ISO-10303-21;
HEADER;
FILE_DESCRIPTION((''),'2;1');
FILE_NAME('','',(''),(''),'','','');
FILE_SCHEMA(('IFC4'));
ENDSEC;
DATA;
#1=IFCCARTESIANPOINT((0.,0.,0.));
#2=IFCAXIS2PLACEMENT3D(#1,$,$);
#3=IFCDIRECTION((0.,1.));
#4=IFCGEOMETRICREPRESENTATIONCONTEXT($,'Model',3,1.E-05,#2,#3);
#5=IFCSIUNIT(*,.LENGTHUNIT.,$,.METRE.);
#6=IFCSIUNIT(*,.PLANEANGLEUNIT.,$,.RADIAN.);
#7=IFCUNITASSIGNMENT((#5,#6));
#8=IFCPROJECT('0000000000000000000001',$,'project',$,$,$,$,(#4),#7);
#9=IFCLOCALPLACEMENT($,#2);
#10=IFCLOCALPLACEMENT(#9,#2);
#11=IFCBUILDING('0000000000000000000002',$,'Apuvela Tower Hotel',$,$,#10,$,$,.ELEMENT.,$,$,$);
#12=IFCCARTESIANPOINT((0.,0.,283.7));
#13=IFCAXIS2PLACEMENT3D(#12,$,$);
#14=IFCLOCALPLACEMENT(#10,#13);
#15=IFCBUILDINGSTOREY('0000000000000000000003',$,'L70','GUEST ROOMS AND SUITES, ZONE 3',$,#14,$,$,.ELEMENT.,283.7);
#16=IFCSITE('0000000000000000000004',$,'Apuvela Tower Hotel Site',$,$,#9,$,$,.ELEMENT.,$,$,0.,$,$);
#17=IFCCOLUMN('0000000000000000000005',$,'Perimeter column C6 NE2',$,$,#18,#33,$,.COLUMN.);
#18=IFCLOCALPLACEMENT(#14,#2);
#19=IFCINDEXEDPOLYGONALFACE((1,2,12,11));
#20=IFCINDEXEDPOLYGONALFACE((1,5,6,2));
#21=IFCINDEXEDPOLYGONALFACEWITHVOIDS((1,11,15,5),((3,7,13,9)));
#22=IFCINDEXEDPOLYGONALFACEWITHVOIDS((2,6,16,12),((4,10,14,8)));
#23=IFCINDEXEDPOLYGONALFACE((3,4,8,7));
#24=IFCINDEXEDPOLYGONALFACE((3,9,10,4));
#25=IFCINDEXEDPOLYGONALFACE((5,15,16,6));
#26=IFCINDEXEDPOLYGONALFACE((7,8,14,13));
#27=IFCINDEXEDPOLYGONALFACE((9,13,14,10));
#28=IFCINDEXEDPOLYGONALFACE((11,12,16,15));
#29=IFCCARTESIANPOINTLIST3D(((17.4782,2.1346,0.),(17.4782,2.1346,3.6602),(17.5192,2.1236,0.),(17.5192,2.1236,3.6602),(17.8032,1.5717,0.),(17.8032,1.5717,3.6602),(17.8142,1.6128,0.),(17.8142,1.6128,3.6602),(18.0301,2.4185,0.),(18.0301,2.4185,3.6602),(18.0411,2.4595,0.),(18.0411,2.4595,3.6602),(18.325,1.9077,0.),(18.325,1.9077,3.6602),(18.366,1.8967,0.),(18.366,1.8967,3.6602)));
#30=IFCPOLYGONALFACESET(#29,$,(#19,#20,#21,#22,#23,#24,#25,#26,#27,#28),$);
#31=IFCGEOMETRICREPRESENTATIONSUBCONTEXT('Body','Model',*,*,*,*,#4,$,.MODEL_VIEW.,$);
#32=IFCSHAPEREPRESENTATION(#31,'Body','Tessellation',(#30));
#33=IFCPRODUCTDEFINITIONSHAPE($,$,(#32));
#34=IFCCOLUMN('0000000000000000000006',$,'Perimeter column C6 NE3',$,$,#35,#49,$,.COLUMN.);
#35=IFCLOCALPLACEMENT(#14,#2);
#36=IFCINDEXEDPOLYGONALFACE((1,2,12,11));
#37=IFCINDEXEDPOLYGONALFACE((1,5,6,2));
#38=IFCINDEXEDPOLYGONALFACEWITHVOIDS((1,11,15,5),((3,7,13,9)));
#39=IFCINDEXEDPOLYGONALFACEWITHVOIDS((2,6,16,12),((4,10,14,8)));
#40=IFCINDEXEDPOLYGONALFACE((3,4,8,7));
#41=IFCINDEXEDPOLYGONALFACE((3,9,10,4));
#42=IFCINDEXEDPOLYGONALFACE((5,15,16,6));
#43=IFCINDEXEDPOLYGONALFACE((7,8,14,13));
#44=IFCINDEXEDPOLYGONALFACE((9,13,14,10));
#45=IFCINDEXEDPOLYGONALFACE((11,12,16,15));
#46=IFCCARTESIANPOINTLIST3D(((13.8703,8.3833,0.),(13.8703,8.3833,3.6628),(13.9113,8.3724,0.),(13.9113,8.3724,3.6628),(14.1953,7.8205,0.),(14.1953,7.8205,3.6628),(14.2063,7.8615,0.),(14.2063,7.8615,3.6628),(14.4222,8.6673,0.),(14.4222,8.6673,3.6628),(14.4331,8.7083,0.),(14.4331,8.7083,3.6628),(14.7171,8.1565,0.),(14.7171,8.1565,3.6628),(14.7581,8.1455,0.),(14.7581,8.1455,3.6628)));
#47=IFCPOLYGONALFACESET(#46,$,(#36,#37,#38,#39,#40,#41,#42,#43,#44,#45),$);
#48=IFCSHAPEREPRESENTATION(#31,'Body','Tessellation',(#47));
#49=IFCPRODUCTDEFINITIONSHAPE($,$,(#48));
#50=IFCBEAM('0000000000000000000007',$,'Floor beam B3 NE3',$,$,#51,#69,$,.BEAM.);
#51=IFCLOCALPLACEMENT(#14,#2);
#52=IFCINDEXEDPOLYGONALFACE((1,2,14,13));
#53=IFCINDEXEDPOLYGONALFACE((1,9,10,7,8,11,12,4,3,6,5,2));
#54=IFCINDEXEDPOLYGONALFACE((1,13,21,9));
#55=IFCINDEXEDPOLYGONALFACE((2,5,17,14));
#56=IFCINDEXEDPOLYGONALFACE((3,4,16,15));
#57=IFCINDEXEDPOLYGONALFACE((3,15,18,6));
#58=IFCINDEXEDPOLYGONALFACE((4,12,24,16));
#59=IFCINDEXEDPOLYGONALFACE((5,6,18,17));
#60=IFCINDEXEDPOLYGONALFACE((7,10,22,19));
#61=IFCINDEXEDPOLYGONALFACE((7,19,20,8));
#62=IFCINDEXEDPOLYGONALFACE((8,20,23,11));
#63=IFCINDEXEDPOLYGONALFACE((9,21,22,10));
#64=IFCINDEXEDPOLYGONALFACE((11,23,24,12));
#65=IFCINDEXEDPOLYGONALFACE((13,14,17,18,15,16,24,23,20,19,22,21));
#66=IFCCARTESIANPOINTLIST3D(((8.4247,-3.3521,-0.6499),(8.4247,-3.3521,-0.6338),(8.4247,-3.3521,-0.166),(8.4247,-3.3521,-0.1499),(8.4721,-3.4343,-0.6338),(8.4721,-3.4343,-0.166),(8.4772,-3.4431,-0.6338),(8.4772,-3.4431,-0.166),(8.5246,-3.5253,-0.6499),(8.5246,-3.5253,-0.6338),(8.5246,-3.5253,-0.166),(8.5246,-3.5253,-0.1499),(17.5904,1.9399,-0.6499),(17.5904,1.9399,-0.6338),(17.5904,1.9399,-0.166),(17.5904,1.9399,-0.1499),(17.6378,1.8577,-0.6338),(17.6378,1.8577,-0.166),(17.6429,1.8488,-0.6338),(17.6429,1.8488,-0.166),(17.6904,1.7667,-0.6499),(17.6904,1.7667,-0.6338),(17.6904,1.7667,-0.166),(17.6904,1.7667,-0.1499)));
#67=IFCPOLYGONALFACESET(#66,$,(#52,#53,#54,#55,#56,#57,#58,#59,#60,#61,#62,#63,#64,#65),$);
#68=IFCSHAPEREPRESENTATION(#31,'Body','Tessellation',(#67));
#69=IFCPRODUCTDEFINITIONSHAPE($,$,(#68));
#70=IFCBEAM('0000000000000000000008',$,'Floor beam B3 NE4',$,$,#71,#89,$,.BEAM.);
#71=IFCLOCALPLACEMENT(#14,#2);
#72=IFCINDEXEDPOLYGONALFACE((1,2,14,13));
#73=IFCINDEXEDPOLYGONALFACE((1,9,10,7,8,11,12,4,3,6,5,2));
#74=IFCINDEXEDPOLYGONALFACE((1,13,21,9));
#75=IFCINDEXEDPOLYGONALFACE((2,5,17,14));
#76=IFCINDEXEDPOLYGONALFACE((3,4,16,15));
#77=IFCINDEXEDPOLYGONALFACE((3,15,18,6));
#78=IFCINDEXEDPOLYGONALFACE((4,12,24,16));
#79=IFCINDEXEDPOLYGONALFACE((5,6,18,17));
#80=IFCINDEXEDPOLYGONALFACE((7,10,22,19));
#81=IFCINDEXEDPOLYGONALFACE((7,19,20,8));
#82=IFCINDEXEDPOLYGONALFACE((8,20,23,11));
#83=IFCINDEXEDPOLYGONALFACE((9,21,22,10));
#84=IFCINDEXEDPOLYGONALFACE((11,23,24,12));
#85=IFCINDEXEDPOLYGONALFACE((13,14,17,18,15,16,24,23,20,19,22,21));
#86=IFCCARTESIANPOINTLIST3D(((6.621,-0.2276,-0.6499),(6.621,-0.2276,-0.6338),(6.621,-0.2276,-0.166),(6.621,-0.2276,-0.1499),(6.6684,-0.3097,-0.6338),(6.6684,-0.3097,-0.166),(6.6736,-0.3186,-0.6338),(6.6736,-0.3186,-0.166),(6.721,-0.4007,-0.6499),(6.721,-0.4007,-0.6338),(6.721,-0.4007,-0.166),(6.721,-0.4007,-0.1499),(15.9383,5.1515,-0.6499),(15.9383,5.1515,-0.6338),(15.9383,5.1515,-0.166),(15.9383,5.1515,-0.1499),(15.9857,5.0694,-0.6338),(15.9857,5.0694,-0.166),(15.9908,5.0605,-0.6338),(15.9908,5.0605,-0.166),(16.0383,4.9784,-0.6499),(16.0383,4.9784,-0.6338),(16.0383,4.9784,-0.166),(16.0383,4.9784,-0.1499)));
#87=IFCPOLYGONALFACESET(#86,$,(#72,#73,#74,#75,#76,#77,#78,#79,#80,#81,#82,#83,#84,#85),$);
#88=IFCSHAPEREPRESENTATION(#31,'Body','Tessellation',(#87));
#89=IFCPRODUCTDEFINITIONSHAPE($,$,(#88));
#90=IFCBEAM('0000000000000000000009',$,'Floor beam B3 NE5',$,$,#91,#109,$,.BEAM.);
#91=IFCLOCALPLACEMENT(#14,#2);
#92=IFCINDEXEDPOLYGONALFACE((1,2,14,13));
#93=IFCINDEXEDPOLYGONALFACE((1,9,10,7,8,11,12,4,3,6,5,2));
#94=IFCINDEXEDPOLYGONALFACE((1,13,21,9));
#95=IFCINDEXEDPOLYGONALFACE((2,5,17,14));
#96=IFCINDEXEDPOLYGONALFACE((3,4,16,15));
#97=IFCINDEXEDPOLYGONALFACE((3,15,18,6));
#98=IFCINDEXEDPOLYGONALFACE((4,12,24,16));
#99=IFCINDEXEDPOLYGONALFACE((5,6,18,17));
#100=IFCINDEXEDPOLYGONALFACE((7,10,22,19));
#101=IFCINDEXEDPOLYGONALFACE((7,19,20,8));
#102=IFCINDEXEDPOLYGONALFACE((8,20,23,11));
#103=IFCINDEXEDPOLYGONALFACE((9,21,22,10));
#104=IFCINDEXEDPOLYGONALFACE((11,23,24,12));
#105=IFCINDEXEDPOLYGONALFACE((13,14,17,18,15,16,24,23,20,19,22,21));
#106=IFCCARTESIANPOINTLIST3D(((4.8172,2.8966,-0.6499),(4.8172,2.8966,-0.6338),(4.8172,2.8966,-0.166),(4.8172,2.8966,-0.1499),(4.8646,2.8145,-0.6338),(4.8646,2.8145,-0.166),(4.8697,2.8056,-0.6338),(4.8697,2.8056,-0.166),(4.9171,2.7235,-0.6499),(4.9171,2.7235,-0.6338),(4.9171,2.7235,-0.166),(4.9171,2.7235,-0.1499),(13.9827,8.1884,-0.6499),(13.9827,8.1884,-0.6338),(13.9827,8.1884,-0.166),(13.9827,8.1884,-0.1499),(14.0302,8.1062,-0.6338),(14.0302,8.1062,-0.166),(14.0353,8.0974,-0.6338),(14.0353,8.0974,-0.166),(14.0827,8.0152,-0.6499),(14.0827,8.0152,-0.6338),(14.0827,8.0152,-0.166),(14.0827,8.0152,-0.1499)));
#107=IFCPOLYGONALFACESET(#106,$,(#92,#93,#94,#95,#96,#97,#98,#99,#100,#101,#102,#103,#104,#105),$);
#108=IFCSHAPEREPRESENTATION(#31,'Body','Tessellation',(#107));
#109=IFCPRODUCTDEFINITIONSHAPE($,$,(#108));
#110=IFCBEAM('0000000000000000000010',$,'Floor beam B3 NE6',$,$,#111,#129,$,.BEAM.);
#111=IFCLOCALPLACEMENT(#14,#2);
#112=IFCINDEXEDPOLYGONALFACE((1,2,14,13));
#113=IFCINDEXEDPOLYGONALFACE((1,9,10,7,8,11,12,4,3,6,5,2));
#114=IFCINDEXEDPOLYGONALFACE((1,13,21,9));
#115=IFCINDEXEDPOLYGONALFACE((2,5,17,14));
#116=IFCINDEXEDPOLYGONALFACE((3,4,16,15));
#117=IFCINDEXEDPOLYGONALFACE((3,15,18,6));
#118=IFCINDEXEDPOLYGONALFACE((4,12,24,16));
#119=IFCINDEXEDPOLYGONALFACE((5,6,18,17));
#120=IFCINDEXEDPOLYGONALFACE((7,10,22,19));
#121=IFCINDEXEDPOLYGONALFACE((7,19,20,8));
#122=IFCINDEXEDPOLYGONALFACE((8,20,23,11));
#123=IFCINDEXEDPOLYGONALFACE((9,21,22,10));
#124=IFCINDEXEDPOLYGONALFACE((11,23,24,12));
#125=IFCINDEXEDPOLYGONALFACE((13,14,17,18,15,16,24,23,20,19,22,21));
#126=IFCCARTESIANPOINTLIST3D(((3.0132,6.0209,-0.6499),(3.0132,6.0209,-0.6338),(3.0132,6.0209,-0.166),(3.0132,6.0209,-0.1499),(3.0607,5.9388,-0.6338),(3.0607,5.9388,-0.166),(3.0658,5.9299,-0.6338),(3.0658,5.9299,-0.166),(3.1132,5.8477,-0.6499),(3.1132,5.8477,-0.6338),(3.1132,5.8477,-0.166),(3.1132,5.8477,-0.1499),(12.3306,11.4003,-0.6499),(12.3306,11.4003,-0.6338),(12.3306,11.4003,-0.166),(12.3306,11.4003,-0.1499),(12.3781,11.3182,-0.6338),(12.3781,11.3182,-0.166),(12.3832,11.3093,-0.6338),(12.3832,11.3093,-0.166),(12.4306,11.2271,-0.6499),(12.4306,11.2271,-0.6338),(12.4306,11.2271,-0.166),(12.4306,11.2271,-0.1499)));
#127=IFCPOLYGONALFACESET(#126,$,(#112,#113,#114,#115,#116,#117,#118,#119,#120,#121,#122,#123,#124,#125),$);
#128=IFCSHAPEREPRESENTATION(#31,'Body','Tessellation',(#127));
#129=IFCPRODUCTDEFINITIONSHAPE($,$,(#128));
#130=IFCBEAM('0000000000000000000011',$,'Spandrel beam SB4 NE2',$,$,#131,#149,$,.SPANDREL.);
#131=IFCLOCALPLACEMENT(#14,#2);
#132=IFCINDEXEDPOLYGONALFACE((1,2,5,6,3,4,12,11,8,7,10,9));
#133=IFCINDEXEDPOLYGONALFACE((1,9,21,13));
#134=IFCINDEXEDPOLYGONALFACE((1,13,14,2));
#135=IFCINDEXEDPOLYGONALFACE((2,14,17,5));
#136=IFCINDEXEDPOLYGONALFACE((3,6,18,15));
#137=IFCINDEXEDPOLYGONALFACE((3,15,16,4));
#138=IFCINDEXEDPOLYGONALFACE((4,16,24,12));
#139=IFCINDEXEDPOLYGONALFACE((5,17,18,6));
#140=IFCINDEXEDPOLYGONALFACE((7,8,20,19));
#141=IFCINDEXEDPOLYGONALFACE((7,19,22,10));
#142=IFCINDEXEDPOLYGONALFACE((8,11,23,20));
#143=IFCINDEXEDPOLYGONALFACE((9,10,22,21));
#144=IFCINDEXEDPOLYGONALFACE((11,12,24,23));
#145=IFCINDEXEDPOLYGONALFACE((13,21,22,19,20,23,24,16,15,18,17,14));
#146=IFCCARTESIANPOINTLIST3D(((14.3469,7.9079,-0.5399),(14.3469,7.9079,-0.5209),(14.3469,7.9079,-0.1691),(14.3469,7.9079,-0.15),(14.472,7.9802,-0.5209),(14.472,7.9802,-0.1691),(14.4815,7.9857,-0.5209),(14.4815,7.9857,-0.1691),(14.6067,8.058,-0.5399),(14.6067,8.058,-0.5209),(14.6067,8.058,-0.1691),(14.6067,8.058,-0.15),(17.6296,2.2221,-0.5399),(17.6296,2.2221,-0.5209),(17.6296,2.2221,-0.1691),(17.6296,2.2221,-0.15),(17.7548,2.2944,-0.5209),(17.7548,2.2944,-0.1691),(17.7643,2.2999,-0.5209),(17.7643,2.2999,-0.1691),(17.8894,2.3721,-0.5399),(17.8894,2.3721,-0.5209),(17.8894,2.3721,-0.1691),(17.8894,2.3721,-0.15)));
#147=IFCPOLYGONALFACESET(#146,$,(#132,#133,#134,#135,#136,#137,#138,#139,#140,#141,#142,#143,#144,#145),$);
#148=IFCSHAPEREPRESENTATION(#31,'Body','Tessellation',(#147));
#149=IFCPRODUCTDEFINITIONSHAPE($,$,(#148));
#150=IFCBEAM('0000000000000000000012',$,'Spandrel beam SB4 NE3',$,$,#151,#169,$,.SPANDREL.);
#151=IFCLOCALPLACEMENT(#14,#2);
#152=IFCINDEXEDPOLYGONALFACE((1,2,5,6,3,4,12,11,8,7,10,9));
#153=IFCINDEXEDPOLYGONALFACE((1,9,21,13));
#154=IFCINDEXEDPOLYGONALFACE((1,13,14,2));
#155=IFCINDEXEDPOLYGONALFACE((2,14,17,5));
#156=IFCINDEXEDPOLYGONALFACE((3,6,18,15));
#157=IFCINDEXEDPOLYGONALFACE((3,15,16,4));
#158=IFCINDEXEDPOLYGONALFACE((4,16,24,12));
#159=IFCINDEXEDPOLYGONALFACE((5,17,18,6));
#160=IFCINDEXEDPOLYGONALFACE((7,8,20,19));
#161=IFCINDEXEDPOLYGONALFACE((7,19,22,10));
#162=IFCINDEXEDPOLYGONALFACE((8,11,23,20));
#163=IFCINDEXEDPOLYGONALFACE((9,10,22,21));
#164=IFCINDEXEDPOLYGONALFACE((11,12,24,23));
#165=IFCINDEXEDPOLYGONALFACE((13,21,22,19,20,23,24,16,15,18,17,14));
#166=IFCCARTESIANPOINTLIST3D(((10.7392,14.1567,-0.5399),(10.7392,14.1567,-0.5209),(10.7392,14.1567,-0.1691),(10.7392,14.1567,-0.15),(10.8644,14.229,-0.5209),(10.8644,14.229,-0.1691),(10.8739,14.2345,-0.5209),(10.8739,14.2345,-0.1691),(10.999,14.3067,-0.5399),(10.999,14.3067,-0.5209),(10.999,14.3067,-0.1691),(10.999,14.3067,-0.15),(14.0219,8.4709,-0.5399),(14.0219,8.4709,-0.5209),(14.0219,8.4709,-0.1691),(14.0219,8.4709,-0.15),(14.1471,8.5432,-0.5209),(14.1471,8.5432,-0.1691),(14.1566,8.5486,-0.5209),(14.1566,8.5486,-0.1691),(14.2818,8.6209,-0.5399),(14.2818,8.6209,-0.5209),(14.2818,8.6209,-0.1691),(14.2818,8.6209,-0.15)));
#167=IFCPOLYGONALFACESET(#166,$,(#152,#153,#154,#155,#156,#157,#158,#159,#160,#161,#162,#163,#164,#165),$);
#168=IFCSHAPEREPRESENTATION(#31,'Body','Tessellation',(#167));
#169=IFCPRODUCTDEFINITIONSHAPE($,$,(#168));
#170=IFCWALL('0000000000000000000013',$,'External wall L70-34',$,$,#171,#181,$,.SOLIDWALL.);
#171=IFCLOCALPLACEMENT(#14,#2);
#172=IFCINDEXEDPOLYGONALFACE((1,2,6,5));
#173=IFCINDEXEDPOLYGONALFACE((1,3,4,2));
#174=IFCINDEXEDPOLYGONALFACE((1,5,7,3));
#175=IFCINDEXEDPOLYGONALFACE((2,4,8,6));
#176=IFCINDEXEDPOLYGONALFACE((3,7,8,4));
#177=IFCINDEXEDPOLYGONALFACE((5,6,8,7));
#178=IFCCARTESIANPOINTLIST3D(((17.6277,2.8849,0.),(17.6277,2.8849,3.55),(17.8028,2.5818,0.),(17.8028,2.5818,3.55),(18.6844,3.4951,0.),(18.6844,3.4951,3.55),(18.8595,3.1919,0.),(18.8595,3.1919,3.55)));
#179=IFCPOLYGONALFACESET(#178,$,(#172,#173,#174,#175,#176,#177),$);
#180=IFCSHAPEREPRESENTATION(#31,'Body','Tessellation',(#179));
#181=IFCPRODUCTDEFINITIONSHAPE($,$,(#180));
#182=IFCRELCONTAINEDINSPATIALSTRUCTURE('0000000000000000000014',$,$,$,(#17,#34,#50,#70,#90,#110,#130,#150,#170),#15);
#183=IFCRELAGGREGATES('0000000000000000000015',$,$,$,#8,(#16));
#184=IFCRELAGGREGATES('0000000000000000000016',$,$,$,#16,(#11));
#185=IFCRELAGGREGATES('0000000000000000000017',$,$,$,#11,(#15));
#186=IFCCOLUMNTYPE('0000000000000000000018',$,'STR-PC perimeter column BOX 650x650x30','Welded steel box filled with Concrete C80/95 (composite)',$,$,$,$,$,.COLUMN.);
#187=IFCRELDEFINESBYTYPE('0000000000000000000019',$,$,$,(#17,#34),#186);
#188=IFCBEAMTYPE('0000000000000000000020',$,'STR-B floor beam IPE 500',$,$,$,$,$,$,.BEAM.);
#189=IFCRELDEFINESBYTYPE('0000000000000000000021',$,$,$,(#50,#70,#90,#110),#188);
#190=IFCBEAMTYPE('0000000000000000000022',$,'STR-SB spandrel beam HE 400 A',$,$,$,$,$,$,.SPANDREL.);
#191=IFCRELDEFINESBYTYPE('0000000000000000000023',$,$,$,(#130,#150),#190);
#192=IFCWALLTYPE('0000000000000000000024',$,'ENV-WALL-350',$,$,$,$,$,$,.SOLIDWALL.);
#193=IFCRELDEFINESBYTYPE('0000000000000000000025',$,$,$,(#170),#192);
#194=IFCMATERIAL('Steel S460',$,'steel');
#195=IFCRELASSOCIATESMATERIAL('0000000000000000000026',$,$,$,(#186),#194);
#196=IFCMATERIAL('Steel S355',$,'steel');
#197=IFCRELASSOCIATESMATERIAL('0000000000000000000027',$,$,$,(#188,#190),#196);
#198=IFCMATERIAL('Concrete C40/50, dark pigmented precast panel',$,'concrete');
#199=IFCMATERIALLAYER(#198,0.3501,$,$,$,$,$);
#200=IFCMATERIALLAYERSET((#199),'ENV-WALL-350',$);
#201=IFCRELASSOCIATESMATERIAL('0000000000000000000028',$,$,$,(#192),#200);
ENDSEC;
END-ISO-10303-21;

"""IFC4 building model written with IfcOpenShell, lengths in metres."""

from ifc_helpers import new_model, si_unit, direction, frame, frame_2d, origin, origin_2d, place, context, subcontext, project, spatial, rectangle, hollow_rectangle, i_section, extrude, boolean, halfspace, material, layer, layer_set, material_profile, profile_set, type_object, element, save


model = new_model("IFC4")

# Units and contexts
model_context = context("Model", 3, precision=1e-05, world=origin(), true_north=direction((0.0, 1.0)))
body_context = subcontext(model_context, "Body", "Model", "MODEL_VIEW")
ifc_project = project(units=[si_unit("LENGTHUNIT", "METRE"), si_unit("PLANEANGLEUNIT", "RADIAN")], contexts=[model_context])

# Site, building, storey
site_placement = place(None, origin())
site = spatial("IfcSite", under=ifc_project, at=site_placement, Name="Apuvela Tower Hotel Site", CompositionType="ELEMENT", RefElevation=0.0)
building_placement = place(site_placement, origin())
building = spatial("IfcBuilding", under=site, at=building_placement, Name="Apuvela Tower Hotel", CompositionType="ELEMENT")
storey_placement = place(building_placement, frame((0.0, 0.0, 283.7)))
storey = spatial("IfcBuildingStorey", under=building, at=storey_placement, Name="L70", Description="GUEST ROOMS AND SUITES, ZONE 3", CompositionType="ELEMENT", Elevation=283.7)

# Columns
ifc_material_1 = material(Name="Steel S460", Category="steel")
ifc_material_profile_1 = material_profile(ifc_material_1, hollow_rectangle(XDim=0.6499, YDim=0.6499, WallThickness=0.03, at=origin_2d()), Name="BOX 650x650x30")
ifc_material_2 = material(Name="Concrete C80/95", Category="concrete")
ifc_material_profile_2 = material_profile(ifc_material_2, rectangle(XDim=0.5901, YDim=0.5901, at=origin_2d()), Name="Concrete C80/95 infill")
ifc_profile_set_1 = profile_set([ifc_material_profile_1, ifc_material_profile_2], Name="Steel S460")
column_type = type_object("IfcColumnType", Name="STR-PC perimeter column BOX 650x650x30", Description="Welded steel box filled with Concrete C80/95 (composite)", PredefinedType="COLUMN", material=ifc_profile_set_1)
column_1_placement = place(storey_placement, frame((17.9221, 2.0156, 0.0), z_axis=(0.0, 0.0, 1.0), x_axis=(-0.5, 0.866025, 0.0)))
element("IfcColumn", 1, at=column_1_placement, inside=storey, type_object=column_type, Name="Perimeter column C6 NE2", PredefinedType="COLUMN", context=body_context, shape_type="SweptSolid", body=[
    boolean("DIFFERENCE", extrude(hollow_rectangle(XDim=0.6499, YDim=0.6499, WallThickness=0.03, at=origin_2d()), origin(), (0.0, 0.0, 1.0), 3.7), halfspace(frame((0.0, 0.0, 3.6602), z_axis=(0.0, 0.0, 1.0), x_axis=(1.0, 0.0, 0.0)), False)),
])
column_2_placement = place(storey_placement, frame((14.3142, 8.2644, 0.0), z_axis=(0.0, 0.0, 1.0), x_axis=(-0.5, 0.866025, 0.0)))
element("IfcColumn", 2, at=column_2_placement, inside=storey, type_object=column_type, Name="Perimeter column C6 NE3", PredefinedType="COLUMN", context=body_context, shape_type="SweptSolid", body=[
    boolean("DIFFERENCE", extrude(hollow_rectangle(XDim=0.6499, YDim=0.6499, WallThickness=0.03, at=origin_2d()), origin(), (0.0, 0.0, 1.0), 3.7), halfspace(frame((0.0, 0.0, 3.6628), z_axis=(0.0, 0.0, 1.0), x_axis=(1.0, 0.0, 0.0)), False)),
])

# Beams
ifc_material_3 = material(Name="Steel S355", Category="steel")
ifc_material_profile_3 = material_profile(ifc_material_3, i_section(OverallWidth=0.2, OverallDepth=0.5, WebThickness=0.0103, FlangeThickness=0.0161, at=origin_2d()), Name="IPE 500")
ifc_profile_set_2 = profile_set([ifc_material_profile_3], Name="Steel S355")
beam_type_1 = type_object("IfcBeamType", Name="STR-B floor beam IPE 500", PredefinedType="BEAM", material=ifc_profile_set_2)
beam_1_placement = place(storey_placement, frame((17.6404, 1.8533, -0.3999), z_axis=(-0.86602, -0.500009, 0.0), x_axis=(0.500009, -0.86602, 0.0)))
element("IfcBeam", 3, at=beam_1_placement, inside=storey, type_object=beam_type_1, Name="Floor beam B3 NE3", PredefinedType="BEAM", context=body_context, shape_type="SweptSolid", body=[
    extrude(i_section(OverallWidth=0.2, OverallDepth=0.5, WebThickness=0.0103, FlangeThickness=0.0161, at=origin_2d()), origin(), (0.0, 0.0, 1.0), 10.5837),
])
beam_2_placement = place(storey_placement, frame((15.9883, 5.0649, -0.3999), z_axis=(-0.866035, -0.499983, 0.0), x_axis=(0.499983, -0.866035, 0.0)))
element("IfcBeam", 4, at=beam_2_placement, inside=storey, type_object=beam_type_1, Name="Floor beam B3 NE4", PredefinedType="BEAM", context=body_context, shape_type="SweptSolid", body=[
    extrude(i_section(OverallWidth=0.2, OverallDepth=0.5, WebThickness=0.0103, FlangeThickness=0.0161, at=origin_2d()), origin(), (0.0, 0.0, 1.0), 10.7585),
])
beam_3_placement = place(storey_placement, frame((14.0327, 8.1018, -0.3999), z_axis=(-0.866024, -0.500002, 0.0), x_axis=(0.500002, -0.866024, 0.0)))
element("IfcBeam", 5, at=beam_3_placement, inside=storey, type_object=beam_type_1, Name="Floor beam B3 NE5", PredefinedType="BEAM", context=body_context, shape_type="SweptSolid", body=[
    extrude(i_section(OverallWidth=0.2, OverallDepth=0.5, WebThickness=0.0103, FlangeThickness=0.0161, at=origin_2d()), origin(), (0.0, 0.0, 1.0), 10.5835),
])
beam_4_placement = place(storey_placement, frame((12.3806, 11.3137, -0.3999), z_axis=(-0.866025, -0.5, 0.0), x_axis=(0.5, -0.866025, 0.0)))
element("IfcBeam", 6, at=beam_4_placement, inside=storey, type_object=beam_type_1, Name="Floor beam B3 NE6", PredefinedType="BEAM", context=body_context, shape_type="SweptSolid", body=[
    extrude(i_section(OverallWidth=0.2, OverallDepth=0.5, WebThickness=0.0103, FlangeThickness=0.0161, at=origin_2d()), origin(), (0.0, 0.0, 1.0), 10.7588),
])
ifc_material_profile_4 = material_profile(ifc_material_3, i_section(OverallWidth=0.3, OverallDepth=0.3899, WebThickness=0.011, FlangeThickness=0.019, at=origin_2d()), Name="HE 400 A")
ifc_profile_set_3 = profile_set([ifc_material_profile_4], Name="Steel S355")
beam_type_2 = type_object("IfcBeamType", Name="STR-SB spandrel beam HE 400 A", PredefinedType="SPANDREL", material=ifc_profile_set_3)
for number, where, z_axis, x_axis, name in (
    (7, (17.7595, 2.2971, -0.345), (-0.500002, 0.866024, 0.0), (-0.866024, -0.500002, 0.0), "Spandrel beam SB4 NE2"),
    (8, (14.1519, 8.5459, -0.345), (-0.500002, 0.866024, 0.0), (-0.866024, -0.500002, 0.0), "Spandrel beam SB4 NE3"),
):
    element("IfcBeam", number, at=place(storey_placement, frame(where, z_axis=z_axis, x_axis=x_axis)), inside=storey, type_object=beam_type_2, Name=name, PredefinedType="SPANDREL", context=body_context, shape_type="SweptSolid", body=[
        extrude(i_section(OverallWidth=0.3, OverallDepth=0.3899, WebThickness=0.011, FlangeThickness=0.019, at=origin_2d()), origin(), (0.0, 0.0, 1.0), 6.5654),
    ])

# Wall
ifc_material_4 = material(Name="Concrete C40/50, dark pigmented precast panel", Category="concrete")
ifc_layer_1 = layer(ifc_material_4, 0.3501)
ifc_layer_set_1 = layer_set([ifc_layer_1], Name="ENV-WALL-350")
wall_type_1 = type_object("IfcWallType", Name="ENV-WALL-350", PredefinedType="SOLIDWALL", material=ifc_layer_set_1)
wall_1_placement = place(storey_placement, frame((18.772, 3.3435, 0.0), z_axis=(0.0, 0.0, 1.0), x_axis=(-0.866006, -0.500034, 0.0)))
element("IfcWall", 9, at=wall_1_placement, inside=storey, type_object=wall_type_1, Name="External wall L70-34", PredefinedType="SOLIDWALL", context=body_context, shape_type="SweptSolid", body=[
    extrude(rectangle(XDim=1.2202, YDim=0.3501, at=frame_2d((0.6101, 0.0))), origin(), (0.0, 0.0, 1.0), 3.55),
])

save(model, "model.ifc")
